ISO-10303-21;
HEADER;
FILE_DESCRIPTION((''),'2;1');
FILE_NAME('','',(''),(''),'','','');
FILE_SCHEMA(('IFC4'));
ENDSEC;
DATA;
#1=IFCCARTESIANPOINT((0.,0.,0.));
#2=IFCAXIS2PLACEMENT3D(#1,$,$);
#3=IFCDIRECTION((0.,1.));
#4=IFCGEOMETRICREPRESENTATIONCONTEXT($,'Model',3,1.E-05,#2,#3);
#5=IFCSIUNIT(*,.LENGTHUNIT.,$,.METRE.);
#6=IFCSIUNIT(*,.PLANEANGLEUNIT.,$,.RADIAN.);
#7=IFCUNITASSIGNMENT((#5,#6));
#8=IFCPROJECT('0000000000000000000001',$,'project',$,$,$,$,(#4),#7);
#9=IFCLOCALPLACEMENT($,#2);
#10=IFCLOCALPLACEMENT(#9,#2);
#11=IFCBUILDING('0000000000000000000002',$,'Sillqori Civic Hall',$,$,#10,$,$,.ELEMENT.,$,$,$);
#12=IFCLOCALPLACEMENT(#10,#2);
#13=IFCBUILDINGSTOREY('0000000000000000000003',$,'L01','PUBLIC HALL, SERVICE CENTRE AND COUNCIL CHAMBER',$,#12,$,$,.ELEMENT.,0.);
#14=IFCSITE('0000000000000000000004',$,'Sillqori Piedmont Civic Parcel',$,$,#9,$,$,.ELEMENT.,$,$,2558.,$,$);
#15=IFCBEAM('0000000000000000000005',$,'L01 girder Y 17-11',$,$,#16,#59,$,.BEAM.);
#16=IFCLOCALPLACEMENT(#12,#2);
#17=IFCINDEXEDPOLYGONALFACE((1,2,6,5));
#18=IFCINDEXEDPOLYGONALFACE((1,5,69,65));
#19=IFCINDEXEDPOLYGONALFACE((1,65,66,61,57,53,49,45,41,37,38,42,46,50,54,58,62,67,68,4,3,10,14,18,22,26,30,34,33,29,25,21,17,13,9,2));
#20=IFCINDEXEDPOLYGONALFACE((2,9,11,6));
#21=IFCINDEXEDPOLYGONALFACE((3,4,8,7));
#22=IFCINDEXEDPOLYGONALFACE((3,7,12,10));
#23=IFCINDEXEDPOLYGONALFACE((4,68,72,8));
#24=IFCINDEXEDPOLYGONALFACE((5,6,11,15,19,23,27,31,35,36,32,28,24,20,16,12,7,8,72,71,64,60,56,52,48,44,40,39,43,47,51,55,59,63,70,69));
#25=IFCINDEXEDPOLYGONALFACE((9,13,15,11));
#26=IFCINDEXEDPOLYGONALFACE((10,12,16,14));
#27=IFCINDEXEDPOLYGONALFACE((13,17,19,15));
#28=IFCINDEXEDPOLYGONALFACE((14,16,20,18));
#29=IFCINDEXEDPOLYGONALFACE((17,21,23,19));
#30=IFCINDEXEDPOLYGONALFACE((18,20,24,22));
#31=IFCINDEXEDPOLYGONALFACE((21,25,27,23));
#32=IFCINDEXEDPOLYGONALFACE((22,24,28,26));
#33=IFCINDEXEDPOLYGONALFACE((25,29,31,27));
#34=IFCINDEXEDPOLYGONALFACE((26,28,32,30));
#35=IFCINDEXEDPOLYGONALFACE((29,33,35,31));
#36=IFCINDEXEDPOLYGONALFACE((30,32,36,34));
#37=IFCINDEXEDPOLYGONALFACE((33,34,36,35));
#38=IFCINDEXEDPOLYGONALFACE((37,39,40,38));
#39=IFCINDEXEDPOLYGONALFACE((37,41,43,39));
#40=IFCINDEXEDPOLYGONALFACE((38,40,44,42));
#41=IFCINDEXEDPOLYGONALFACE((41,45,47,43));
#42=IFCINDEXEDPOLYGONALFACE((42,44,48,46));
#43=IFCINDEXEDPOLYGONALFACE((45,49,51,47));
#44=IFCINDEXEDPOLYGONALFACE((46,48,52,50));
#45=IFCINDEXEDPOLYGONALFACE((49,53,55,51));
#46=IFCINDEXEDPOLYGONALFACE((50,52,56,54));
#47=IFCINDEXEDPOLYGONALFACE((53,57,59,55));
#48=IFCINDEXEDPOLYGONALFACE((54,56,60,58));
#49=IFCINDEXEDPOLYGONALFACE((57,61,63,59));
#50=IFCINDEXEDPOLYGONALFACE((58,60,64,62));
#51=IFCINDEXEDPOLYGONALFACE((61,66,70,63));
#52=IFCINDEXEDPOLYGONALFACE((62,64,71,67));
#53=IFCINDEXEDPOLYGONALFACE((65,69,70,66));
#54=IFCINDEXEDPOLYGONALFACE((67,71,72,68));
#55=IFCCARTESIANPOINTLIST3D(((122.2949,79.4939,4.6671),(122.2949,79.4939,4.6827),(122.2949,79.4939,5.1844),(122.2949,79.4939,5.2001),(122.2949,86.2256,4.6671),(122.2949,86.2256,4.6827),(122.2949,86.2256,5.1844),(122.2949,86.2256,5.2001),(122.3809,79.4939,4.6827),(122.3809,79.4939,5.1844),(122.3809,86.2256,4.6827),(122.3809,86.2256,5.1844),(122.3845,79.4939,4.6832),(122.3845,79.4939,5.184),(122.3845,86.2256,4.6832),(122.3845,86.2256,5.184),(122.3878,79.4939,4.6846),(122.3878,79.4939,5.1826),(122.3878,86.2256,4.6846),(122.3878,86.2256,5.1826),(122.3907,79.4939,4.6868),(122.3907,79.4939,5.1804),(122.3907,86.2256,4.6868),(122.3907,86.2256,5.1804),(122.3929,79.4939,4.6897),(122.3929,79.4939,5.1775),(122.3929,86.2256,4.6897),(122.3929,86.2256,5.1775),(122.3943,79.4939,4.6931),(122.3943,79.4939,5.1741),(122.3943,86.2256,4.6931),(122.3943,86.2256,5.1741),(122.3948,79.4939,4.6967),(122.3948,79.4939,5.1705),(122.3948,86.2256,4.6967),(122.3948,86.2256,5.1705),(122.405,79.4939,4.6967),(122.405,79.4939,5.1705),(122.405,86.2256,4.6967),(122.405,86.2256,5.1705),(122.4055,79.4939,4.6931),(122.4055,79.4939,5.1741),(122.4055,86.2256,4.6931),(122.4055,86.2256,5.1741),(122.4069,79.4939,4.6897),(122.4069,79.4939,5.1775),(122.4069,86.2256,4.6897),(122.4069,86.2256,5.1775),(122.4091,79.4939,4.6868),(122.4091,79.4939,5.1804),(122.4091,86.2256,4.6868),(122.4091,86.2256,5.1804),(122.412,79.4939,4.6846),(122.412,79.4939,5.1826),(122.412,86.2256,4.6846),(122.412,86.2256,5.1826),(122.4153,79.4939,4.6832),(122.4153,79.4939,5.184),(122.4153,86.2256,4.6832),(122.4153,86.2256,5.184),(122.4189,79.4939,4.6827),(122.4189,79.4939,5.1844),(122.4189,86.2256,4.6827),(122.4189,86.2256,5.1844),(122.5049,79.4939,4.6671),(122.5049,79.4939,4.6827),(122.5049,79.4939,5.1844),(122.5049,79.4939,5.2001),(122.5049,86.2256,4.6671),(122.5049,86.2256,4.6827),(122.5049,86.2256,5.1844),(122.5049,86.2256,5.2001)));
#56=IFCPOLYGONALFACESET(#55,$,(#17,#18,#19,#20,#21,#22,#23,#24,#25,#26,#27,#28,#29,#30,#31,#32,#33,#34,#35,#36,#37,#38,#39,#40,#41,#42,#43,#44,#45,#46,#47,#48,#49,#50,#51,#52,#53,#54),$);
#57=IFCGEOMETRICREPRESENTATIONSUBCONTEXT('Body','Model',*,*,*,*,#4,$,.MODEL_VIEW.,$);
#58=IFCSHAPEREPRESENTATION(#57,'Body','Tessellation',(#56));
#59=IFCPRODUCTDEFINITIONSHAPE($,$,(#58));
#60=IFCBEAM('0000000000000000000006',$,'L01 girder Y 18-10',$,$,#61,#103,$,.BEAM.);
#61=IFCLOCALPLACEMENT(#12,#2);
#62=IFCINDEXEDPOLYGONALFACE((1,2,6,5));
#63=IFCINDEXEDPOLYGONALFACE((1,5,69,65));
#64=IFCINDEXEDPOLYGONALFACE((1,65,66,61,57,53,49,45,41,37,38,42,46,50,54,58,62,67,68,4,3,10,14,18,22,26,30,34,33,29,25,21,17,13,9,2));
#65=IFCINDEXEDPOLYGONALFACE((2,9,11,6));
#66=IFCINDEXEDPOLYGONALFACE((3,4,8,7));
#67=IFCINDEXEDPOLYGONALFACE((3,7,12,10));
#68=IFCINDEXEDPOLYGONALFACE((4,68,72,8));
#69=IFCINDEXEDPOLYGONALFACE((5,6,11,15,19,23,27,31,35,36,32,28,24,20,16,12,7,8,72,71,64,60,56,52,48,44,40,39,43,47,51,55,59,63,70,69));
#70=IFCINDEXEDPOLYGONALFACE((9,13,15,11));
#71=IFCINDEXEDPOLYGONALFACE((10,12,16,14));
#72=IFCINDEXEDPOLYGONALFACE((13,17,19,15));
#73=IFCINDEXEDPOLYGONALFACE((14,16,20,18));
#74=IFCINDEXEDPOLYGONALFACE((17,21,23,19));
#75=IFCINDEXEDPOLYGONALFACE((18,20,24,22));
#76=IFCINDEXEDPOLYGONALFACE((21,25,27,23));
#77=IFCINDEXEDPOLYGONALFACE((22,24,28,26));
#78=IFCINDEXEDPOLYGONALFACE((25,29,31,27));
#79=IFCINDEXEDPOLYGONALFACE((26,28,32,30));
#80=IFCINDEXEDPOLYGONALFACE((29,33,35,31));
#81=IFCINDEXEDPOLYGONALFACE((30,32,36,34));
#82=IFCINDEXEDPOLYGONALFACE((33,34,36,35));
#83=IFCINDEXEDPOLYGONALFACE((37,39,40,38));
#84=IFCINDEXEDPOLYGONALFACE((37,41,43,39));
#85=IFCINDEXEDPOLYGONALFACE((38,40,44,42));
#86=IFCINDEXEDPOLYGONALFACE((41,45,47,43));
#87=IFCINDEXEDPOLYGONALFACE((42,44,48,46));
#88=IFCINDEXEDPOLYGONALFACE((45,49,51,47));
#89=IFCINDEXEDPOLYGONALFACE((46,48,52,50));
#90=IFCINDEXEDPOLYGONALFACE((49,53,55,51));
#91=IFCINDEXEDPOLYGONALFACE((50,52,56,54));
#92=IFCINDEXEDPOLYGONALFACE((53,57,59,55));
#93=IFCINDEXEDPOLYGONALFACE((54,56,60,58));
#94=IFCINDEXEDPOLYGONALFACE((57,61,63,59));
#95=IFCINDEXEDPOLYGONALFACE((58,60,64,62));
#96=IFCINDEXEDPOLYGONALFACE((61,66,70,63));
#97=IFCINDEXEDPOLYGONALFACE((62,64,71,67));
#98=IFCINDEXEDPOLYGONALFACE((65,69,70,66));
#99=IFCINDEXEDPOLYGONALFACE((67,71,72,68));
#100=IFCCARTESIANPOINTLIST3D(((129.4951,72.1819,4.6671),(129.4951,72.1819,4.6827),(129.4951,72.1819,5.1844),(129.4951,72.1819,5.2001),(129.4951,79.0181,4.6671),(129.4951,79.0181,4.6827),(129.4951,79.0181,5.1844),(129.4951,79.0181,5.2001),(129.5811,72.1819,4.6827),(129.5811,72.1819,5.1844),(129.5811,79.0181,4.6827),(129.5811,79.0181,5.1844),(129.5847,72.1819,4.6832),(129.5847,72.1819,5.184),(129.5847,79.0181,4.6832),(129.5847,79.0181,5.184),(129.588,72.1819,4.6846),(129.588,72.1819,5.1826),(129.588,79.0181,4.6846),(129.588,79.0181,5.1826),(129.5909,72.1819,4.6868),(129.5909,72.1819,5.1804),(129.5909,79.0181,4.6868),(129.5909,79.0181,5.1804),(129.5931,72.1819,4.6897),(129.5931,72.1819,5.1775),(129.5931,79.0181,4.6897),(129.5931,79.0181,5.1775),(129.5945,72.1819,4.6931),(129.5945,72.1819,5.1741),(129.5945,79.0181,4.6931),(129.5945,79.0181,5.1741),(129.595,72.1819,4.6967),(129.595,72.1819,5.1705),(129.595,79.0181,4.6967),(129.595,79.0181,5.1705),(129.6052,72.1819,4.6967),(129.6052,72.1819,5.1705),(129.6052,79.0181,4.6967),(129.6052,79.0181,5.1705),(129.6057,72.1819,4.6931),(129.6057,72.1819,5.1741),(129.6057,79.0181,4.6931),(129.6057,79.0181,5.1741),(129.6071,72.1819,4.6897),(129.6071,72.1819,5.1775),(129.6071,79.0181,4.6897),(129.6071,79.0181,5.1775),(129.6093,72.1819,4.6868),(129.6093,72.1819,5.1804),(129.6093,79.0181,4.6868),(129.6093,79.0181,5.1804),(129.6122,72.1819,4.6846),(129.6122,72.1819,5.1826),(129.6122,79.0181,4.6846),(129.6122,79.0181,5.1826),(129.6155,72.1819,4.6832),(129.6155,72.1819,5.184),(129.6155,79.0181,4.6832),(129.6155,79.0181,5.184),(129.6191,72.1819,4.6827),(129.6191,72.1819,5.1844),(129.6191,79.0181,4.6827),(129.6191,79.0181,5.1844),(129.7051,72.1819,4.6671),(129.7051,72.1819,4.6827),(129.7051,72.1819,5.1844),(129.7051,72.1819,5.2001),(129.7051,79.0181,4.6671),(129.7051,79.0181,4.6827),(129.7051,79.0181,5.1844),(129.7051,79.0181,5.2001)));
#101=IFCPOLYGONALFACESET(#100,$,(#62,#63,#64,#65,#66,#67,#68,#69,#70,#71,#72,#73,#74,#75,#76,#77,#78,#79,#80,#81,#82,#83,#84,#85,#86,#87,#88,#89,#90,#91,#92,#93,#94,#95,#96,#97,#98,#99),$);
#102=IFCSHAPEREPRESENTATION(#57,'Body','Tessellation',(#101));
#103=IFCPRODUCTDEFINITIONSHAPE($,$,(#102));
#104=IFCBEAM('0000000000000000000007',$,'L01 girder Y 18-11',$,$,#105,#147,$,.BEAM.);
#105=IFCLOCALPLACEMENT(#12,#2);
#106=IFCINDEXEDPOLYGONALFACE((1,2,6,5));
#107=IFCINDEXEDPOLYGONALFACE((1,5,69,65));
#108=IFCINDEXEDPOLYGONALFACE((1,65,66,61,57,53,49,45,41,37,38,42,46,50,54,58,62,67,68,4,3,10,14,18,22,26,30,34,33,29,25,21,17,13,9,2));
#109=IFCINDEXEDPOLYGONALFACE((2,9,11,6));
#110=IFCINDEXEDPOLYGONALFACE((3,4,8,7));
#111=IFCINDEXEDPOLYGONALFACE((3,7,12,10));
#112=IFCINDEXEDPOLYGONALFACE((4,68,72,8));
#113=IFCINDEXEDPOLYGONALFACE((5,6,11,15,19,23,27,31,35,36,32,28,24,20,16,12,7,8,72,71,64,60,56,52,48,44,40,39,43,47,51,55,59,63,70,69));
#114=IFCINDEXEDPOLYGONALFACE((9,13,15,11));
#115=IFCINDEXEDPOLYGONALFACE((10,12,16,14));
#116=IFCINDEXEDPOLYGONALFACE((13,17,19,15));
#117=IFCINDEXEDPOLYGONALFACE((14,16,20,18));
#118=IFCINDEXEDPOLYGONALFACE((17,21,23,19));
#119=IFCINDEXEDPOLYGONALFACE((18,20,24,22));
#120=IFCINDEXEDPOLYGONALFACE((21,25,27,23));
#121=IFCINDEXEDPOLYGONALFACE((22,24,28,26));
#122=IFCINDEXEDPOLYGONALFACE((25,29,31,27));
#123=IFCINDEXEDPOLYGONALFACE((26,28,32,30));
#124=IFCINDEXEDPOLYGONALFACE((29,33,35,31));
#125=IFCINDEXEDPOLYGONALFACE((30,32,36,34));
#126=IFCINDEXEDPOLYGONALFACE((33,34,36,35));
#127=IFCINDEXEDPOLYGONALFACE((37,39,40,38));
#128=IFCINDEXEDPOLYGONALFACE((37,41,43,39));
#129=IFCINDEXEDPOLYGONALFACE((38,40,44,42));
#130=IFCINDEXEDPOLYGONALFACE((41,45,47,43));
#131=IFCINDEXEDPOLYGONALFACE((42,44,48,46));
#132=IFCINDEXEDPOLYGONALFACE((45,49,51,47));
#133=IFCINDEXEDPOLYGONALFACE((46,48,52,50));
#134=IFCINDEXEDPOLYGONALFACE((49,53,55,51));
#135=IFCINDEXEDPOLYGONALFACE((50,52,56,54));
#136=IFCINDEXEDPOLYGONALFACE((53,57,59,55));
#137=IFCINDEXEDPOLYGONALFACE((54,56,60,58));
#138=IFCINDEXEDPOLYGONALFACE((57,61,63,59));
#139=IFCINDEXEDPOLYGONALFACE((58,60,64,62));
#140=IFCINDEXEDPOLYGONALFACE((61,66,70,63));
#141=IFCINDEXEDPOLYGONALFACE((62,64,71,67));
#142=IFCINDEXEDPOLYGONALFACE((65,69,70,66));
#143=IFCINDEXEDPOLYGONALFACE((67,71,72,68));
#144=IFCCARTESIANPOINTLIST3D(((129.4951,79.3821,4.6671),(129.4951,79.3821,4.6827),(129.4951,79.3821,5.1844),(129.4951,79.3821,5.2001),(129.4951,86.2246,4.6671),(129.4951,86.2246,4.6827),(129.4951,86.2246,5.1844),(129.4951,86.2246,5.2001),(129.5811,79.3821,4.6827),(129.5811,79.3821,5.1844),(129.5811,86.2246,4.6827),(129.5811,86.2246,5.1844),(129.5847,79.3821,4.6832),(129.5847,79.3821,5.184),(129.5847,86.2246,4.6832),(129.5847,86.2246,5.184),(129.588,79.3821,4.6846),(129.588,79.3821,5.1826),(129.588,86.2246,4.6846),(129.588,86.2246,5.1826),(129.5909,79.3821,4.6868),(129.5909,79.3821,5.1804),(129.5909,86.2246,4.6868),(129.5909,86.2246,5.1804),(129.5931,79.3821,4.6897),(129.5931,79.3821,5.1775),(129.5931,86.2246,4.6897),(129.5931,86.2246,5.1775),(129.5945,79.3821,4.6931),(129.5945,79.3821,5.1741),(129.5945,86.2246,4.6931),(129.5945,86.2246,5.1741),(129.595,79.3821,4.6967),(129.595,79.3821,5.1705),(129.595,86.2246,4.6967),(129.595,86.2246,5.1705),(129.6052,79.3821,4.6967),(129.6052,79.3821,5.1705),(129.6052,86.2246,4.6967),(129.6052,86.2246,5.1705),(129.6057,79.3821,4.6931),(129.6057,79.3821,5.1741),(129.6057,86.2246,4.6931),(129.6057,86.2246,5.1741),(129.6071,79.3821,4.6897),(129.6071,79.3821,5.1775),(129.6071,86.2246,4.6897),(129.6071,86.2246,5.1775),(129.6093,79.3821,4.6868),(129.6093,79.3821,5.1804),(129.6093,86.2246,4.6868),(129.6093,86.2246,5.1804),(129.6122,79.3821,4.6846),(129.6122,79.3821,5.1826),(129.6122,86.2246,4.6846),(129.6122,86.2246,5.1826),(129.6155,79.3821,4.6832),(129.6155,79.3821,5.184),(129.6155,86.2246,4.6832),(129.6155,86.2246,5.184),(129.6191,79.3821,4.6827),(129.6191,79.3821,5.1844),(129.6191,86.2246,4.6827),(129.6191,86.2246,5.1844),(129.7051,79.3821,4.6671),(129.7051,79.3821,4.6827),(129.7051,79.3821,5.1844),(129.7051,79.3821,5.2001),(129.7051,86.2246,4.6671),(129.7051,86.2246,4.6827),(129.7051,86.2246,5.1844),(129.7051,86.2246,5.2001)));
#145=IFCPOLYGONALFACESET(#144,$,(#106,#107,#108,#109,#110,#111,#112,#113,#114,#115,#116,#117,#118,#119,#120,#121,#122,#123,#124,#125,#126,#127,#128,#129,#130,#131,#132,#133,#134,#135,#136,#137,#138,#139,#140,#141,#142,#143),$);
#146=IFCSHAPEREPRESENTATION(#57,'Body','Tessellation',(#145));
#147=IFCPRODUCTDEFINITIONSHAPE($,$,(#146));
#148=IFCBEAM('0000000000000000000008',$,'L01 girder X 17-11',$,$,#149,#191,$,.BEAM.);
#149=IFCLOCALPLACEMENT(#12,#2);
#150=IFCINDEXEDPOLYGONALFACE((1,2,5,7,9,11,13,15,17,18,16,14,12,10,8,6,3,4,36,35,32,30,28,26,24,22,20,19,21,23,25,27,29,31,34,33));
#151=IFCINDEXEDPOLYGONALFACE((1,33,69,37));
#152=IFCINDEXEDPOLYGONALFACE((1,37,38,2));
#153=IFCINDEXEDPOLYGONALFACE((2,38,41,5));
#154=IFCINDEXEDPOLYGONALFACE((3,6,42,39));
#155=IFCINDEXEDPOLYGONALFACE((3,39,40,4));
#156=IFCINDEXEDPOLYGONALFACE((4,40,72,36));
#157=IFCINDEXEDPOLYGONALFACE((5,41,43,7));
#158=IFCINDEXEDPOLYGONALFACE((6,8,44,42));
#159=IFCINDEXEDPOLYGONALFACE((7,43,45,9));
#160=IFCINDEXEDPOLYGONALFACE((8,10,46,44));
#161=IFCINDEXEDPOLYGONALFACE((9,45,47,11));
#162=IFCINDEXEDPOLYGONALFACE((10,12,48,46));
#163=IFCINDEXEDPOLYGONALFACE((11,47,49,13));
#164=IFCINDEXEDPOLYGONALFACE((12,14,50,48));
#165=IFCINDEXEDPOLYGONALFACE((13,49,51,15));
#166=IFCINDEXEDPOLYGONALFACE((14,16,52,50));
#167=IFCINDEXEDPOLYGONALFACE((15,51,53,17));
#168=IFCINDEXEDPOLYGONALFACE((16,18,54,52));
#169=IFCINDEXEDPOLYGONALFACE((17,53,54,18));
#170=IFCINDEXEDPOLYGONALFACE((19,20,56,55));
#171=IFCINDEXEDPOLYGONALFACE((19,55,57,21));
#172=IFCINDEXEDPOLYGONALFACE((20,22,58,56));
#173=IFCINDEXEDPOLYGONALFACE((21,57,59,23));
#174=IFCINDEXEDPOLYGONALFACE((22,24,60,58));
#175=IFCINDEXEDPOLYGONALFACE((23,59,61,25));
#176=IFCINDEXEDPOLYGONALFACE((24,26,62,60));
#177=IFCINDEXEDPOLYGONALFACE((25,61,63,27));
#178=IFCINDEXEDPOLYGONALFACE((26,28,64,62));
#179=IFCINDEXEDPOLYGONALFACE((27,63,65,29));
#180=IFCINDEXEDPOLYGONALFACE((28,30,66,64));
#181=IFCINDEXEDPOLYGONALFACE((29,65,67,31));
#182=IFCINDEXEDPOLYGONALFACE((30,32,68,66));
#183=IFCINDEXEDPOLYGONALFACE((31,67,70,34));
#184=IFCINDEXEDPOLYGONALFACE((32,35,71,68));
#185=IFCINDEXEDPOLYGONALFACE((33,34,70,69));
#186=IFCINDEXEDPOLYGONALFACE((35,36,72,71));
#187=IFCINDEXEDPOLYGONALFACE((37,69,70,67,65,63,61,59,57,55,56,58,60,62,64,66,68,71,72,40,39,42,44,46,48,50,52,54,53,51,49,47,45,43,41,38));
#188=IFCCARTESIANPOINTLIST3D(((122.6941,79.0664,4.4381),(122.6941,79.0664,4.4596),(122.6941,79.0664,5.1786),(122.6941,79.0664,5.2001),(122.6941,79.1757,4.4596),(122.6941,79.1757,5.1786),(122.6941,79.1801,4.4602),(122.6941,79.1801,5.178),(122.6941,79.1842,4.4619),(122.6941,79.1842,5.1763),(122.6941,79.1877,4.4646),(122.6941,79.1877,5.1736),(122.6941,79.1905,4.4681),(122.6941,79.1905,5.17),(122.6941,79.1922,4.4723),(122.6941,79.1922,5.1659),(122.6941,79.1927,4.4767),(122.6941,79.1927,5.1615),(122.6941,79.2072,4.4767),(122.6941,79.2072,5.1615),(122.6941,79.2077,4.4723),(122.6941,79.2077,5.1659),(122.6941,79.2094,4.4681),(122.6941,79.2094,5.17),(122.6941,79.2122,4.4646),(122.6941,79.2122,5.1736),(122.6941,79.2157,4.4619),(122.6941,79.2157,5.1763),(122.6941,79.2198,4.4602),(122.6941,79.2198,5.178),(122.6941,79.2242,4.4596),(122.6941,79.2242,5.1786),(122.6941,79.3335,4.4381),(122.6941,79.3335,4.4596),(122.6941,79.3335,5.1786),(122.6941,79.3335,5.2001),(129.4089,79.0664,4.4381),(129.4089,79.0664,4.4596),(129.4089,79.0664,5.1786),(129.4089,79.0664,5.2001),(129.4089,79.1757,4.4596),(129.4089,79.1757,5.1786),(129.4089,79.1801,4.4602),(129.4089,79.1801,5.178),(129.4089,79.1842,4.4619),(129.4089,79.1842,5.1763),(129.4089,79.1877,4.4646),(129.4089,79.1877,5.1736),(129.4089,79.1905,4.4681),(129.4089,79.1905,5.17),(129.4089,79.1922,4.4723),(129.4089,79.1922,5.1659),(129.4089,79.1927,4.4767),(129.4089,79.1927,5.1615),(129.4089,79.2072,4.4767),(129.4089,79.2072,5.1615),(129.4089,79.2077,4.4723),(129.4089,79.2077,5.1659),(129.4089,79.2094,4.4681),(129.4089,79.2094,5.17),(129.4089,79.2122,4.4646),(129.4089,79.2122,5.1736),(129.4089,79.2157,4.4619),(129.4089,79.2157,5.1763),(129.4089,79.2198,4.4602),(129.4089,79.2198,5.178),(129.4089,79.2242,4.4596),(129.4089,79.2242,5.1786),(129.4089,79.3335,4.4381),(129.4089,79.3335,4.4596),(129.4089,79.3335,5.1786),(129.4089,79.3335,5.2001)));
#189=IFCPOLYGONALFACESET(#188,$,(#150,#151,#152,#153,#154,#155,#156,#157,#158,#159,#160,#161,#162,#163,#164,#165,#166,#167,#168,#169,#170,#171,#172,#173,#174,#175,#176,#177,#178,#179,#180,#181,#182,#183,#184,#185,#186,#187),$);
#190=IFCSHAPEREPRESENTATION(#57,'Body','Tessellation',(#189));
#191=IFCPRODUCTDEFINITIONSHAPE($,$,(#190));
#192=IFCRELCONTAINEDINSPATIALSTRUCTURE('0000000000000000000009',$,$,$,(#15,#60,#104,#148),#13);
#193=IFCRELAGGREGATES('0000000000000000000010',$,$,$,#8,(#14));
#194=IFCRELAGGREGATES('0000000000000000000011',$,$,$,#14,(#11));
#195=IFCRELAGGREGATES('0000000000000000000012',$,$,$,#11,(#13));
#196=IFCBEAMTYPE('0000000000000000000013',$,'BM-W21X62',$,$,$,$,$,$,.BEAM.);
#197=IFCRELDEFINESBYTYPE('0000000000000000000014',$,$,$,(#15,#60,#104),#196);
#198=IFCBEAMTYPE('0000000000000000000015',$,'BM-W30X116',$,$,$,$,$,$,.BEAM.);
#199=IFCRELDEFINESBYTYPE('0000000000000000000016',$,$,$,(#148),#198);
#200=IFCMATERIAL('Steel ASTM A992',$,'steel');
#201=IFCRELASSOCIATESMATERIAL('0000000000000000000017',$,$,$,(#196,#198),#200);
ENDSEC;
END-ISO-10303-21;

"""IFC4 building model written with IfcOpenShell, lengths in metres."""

from ifc_helpers import new_model, si_unit, direction, frame, origin, origin_2d, place, context, subcontext, project, spatial, i_section, extrude, material, material_profile, profile_set, type_object, element, save


model = new_model("IFC4")

# Units and contexts
model_context = context("Model", 3, precision=1e-05, world=origin(), true_north=direction((0.0, 1.0)))
body_context = subcontext(model_context, "Body", "Model", "MODEL_VIEW")
ifc_project = project(units=[si_unit("LENGTHUNIT", "METRE"), si_unit("PLANEANGLEUNIT", "RADIAN")], contexts=[model_context])

# Site, building, storey
site_placement = place(None, origin())
site = spatial("IfcSite", under=ifc_project, at=site_placement, Name="Sillqori Piedmont Civic Parcel", CompositionType="ELEMENT", RefElevation=2558.0)
building_placement = place(site_placement, origin())
building = spatial("IfcBuilding", under=site, at=building_placement, Name="Sillqori Civic Hall", CompositionType="ELEMENT")
storey_placement = place(building_placement, origin())
storey = spatial("IfcBuildingStorey", under=building, at=storey_placement, Name="L01", Description="PUBLIC HALL, SERVICE CENTRE AND COUNCIL CHAMBER", CompositionType="ELEMENT", Elevation=0.0)

# Shared definitions
ifc_material_1 = material(Name="Steel ASTM A992", Category="steel")

# Beams
ifc_material_profile_1 = material_profile(ifc_material_1, i_section(OverallWidth=0.21, OverallDepth=0.533, WebThickness=0.0103, FlangeThickness=0.0156, FilletRadius=0.0139, at=origin_2d()), Name="W21X62")
ifc_profile_set_1 = profile_set([ifc_material_profile_1], Name="Steel ASTM A992")
beam_type_1 = type_object("IfcBeamType", Name="BM-W21X62", PredefinedType="BEAM", material=ifc_profile_set_1)
beam_1_placement = place(storey_placement, frame((122.3999, 79.4939, 4.9336), z_axis=(0.0, 1.0, 0.0), x_axis=(-1.0, 0.0, 0.0)))
element("IfcBeam", 1, at=beam_1_placement, inside=storey, type_object=beam_type_1, Name="L01 girder Y 17-11", PredefinedType="BEAM", context=body_context, shape_type="SweptSolid", body=[
    extrude(i_section(OverallWidth=0.21, OverallDepth=0.533, WebThickness=0.0103, FlangeThickness=0.0156, FilletRadius=0.0139, at=origin_2d()), origin(), (0.0, 0.0, 1.0), 6.7317),
])
beam_2_placement = place(storey_placement, frame((129.6001, 72.1819, 4.9336), z_axis=(0.0, 1.0, 0.0), x_axis=(-1.0, 0.0, 0.0)))
element("IfcBeam", 2, at=beam_2_placement, inside=storey, type_object=beam_type_1, Name="L01 girder Y 18-10", PredefinedType="BEAM", context=body_context, shape_type="SweptSolid", body=[
    extrude(i_section(OverallWidth=0.21, OverallDepth=0.533, WebThickness=0.0103, FlangeThickness=0.0156, FilletRadius=0.0139, at=origin_2d()), origin(), (0.0, 0.0, 1.0), 6.8362),
])
beam_3_placement = place(storey_placement, frame((129.6001, 79.3821, 4.9336), z_axis=(0.0, 1.0, 0.0), x_axis=(-1.0, 0.0, 0.0)))
element("IfcBeam", 3, at=beam_3_placement, inside=storey, type_object=beam_type_1, Name="L01 girder Y 18-11", PredefinedType="BEAM", context=body_context, shape_type="SweptSolid", body=[
    extrude(i_section(OverallWidth=0.21, OverallDepth=0.533, WebThickness=0.0103, FlangeThickness=0.0156, FilletRadius=0.0139, at=origin_2d()), origin(), (0.0, 0.0, 1.0), 6.8425),
])
ifc_material_profile_2 = material_profile(ifc_material_1, i_section(OverallWidth=0.2671, OverallDepth=0.762, WebThickness=0.0144, FlangeThickness=0.0215, FilletRadius=0.0171, at=origin_2d()), Name="W30X116")
ifc_profile_set_2 = profile_set([ifc_material_profile_2], Name="Steel ASTM A992")
beam_type_2 = type_object("IfcBeamType", Name="BM-W30X116", PredefinedType="BEAM", material=ifc_profile_set_2)
beam_4_placement = place(storey_placement, frame((122.6941, 79.2, 4.8191), z_axis=(1.0, 0.0, 0.0), x_axis=(0.0, 1.0, 0.0)))
element("IfcBeam", 4, at=beam_4_placement, inside=storey, type_object=beam_type_2, Name="L01 girder X 17-11", PredefinedType="BEAM", context=body_context, shape_type="SweptSolid", body=[
    extrude(i_section(OverallWidth=0.2671, OverallDepth=0.762, WebThickness=0.0144, FlangeThickness=0.0215, FilletRadius=0.0171, at=origin_2d()), origin(), (0.0, 0.0, 1.0), 6.7148),
])

save(model, "model.ifc")
